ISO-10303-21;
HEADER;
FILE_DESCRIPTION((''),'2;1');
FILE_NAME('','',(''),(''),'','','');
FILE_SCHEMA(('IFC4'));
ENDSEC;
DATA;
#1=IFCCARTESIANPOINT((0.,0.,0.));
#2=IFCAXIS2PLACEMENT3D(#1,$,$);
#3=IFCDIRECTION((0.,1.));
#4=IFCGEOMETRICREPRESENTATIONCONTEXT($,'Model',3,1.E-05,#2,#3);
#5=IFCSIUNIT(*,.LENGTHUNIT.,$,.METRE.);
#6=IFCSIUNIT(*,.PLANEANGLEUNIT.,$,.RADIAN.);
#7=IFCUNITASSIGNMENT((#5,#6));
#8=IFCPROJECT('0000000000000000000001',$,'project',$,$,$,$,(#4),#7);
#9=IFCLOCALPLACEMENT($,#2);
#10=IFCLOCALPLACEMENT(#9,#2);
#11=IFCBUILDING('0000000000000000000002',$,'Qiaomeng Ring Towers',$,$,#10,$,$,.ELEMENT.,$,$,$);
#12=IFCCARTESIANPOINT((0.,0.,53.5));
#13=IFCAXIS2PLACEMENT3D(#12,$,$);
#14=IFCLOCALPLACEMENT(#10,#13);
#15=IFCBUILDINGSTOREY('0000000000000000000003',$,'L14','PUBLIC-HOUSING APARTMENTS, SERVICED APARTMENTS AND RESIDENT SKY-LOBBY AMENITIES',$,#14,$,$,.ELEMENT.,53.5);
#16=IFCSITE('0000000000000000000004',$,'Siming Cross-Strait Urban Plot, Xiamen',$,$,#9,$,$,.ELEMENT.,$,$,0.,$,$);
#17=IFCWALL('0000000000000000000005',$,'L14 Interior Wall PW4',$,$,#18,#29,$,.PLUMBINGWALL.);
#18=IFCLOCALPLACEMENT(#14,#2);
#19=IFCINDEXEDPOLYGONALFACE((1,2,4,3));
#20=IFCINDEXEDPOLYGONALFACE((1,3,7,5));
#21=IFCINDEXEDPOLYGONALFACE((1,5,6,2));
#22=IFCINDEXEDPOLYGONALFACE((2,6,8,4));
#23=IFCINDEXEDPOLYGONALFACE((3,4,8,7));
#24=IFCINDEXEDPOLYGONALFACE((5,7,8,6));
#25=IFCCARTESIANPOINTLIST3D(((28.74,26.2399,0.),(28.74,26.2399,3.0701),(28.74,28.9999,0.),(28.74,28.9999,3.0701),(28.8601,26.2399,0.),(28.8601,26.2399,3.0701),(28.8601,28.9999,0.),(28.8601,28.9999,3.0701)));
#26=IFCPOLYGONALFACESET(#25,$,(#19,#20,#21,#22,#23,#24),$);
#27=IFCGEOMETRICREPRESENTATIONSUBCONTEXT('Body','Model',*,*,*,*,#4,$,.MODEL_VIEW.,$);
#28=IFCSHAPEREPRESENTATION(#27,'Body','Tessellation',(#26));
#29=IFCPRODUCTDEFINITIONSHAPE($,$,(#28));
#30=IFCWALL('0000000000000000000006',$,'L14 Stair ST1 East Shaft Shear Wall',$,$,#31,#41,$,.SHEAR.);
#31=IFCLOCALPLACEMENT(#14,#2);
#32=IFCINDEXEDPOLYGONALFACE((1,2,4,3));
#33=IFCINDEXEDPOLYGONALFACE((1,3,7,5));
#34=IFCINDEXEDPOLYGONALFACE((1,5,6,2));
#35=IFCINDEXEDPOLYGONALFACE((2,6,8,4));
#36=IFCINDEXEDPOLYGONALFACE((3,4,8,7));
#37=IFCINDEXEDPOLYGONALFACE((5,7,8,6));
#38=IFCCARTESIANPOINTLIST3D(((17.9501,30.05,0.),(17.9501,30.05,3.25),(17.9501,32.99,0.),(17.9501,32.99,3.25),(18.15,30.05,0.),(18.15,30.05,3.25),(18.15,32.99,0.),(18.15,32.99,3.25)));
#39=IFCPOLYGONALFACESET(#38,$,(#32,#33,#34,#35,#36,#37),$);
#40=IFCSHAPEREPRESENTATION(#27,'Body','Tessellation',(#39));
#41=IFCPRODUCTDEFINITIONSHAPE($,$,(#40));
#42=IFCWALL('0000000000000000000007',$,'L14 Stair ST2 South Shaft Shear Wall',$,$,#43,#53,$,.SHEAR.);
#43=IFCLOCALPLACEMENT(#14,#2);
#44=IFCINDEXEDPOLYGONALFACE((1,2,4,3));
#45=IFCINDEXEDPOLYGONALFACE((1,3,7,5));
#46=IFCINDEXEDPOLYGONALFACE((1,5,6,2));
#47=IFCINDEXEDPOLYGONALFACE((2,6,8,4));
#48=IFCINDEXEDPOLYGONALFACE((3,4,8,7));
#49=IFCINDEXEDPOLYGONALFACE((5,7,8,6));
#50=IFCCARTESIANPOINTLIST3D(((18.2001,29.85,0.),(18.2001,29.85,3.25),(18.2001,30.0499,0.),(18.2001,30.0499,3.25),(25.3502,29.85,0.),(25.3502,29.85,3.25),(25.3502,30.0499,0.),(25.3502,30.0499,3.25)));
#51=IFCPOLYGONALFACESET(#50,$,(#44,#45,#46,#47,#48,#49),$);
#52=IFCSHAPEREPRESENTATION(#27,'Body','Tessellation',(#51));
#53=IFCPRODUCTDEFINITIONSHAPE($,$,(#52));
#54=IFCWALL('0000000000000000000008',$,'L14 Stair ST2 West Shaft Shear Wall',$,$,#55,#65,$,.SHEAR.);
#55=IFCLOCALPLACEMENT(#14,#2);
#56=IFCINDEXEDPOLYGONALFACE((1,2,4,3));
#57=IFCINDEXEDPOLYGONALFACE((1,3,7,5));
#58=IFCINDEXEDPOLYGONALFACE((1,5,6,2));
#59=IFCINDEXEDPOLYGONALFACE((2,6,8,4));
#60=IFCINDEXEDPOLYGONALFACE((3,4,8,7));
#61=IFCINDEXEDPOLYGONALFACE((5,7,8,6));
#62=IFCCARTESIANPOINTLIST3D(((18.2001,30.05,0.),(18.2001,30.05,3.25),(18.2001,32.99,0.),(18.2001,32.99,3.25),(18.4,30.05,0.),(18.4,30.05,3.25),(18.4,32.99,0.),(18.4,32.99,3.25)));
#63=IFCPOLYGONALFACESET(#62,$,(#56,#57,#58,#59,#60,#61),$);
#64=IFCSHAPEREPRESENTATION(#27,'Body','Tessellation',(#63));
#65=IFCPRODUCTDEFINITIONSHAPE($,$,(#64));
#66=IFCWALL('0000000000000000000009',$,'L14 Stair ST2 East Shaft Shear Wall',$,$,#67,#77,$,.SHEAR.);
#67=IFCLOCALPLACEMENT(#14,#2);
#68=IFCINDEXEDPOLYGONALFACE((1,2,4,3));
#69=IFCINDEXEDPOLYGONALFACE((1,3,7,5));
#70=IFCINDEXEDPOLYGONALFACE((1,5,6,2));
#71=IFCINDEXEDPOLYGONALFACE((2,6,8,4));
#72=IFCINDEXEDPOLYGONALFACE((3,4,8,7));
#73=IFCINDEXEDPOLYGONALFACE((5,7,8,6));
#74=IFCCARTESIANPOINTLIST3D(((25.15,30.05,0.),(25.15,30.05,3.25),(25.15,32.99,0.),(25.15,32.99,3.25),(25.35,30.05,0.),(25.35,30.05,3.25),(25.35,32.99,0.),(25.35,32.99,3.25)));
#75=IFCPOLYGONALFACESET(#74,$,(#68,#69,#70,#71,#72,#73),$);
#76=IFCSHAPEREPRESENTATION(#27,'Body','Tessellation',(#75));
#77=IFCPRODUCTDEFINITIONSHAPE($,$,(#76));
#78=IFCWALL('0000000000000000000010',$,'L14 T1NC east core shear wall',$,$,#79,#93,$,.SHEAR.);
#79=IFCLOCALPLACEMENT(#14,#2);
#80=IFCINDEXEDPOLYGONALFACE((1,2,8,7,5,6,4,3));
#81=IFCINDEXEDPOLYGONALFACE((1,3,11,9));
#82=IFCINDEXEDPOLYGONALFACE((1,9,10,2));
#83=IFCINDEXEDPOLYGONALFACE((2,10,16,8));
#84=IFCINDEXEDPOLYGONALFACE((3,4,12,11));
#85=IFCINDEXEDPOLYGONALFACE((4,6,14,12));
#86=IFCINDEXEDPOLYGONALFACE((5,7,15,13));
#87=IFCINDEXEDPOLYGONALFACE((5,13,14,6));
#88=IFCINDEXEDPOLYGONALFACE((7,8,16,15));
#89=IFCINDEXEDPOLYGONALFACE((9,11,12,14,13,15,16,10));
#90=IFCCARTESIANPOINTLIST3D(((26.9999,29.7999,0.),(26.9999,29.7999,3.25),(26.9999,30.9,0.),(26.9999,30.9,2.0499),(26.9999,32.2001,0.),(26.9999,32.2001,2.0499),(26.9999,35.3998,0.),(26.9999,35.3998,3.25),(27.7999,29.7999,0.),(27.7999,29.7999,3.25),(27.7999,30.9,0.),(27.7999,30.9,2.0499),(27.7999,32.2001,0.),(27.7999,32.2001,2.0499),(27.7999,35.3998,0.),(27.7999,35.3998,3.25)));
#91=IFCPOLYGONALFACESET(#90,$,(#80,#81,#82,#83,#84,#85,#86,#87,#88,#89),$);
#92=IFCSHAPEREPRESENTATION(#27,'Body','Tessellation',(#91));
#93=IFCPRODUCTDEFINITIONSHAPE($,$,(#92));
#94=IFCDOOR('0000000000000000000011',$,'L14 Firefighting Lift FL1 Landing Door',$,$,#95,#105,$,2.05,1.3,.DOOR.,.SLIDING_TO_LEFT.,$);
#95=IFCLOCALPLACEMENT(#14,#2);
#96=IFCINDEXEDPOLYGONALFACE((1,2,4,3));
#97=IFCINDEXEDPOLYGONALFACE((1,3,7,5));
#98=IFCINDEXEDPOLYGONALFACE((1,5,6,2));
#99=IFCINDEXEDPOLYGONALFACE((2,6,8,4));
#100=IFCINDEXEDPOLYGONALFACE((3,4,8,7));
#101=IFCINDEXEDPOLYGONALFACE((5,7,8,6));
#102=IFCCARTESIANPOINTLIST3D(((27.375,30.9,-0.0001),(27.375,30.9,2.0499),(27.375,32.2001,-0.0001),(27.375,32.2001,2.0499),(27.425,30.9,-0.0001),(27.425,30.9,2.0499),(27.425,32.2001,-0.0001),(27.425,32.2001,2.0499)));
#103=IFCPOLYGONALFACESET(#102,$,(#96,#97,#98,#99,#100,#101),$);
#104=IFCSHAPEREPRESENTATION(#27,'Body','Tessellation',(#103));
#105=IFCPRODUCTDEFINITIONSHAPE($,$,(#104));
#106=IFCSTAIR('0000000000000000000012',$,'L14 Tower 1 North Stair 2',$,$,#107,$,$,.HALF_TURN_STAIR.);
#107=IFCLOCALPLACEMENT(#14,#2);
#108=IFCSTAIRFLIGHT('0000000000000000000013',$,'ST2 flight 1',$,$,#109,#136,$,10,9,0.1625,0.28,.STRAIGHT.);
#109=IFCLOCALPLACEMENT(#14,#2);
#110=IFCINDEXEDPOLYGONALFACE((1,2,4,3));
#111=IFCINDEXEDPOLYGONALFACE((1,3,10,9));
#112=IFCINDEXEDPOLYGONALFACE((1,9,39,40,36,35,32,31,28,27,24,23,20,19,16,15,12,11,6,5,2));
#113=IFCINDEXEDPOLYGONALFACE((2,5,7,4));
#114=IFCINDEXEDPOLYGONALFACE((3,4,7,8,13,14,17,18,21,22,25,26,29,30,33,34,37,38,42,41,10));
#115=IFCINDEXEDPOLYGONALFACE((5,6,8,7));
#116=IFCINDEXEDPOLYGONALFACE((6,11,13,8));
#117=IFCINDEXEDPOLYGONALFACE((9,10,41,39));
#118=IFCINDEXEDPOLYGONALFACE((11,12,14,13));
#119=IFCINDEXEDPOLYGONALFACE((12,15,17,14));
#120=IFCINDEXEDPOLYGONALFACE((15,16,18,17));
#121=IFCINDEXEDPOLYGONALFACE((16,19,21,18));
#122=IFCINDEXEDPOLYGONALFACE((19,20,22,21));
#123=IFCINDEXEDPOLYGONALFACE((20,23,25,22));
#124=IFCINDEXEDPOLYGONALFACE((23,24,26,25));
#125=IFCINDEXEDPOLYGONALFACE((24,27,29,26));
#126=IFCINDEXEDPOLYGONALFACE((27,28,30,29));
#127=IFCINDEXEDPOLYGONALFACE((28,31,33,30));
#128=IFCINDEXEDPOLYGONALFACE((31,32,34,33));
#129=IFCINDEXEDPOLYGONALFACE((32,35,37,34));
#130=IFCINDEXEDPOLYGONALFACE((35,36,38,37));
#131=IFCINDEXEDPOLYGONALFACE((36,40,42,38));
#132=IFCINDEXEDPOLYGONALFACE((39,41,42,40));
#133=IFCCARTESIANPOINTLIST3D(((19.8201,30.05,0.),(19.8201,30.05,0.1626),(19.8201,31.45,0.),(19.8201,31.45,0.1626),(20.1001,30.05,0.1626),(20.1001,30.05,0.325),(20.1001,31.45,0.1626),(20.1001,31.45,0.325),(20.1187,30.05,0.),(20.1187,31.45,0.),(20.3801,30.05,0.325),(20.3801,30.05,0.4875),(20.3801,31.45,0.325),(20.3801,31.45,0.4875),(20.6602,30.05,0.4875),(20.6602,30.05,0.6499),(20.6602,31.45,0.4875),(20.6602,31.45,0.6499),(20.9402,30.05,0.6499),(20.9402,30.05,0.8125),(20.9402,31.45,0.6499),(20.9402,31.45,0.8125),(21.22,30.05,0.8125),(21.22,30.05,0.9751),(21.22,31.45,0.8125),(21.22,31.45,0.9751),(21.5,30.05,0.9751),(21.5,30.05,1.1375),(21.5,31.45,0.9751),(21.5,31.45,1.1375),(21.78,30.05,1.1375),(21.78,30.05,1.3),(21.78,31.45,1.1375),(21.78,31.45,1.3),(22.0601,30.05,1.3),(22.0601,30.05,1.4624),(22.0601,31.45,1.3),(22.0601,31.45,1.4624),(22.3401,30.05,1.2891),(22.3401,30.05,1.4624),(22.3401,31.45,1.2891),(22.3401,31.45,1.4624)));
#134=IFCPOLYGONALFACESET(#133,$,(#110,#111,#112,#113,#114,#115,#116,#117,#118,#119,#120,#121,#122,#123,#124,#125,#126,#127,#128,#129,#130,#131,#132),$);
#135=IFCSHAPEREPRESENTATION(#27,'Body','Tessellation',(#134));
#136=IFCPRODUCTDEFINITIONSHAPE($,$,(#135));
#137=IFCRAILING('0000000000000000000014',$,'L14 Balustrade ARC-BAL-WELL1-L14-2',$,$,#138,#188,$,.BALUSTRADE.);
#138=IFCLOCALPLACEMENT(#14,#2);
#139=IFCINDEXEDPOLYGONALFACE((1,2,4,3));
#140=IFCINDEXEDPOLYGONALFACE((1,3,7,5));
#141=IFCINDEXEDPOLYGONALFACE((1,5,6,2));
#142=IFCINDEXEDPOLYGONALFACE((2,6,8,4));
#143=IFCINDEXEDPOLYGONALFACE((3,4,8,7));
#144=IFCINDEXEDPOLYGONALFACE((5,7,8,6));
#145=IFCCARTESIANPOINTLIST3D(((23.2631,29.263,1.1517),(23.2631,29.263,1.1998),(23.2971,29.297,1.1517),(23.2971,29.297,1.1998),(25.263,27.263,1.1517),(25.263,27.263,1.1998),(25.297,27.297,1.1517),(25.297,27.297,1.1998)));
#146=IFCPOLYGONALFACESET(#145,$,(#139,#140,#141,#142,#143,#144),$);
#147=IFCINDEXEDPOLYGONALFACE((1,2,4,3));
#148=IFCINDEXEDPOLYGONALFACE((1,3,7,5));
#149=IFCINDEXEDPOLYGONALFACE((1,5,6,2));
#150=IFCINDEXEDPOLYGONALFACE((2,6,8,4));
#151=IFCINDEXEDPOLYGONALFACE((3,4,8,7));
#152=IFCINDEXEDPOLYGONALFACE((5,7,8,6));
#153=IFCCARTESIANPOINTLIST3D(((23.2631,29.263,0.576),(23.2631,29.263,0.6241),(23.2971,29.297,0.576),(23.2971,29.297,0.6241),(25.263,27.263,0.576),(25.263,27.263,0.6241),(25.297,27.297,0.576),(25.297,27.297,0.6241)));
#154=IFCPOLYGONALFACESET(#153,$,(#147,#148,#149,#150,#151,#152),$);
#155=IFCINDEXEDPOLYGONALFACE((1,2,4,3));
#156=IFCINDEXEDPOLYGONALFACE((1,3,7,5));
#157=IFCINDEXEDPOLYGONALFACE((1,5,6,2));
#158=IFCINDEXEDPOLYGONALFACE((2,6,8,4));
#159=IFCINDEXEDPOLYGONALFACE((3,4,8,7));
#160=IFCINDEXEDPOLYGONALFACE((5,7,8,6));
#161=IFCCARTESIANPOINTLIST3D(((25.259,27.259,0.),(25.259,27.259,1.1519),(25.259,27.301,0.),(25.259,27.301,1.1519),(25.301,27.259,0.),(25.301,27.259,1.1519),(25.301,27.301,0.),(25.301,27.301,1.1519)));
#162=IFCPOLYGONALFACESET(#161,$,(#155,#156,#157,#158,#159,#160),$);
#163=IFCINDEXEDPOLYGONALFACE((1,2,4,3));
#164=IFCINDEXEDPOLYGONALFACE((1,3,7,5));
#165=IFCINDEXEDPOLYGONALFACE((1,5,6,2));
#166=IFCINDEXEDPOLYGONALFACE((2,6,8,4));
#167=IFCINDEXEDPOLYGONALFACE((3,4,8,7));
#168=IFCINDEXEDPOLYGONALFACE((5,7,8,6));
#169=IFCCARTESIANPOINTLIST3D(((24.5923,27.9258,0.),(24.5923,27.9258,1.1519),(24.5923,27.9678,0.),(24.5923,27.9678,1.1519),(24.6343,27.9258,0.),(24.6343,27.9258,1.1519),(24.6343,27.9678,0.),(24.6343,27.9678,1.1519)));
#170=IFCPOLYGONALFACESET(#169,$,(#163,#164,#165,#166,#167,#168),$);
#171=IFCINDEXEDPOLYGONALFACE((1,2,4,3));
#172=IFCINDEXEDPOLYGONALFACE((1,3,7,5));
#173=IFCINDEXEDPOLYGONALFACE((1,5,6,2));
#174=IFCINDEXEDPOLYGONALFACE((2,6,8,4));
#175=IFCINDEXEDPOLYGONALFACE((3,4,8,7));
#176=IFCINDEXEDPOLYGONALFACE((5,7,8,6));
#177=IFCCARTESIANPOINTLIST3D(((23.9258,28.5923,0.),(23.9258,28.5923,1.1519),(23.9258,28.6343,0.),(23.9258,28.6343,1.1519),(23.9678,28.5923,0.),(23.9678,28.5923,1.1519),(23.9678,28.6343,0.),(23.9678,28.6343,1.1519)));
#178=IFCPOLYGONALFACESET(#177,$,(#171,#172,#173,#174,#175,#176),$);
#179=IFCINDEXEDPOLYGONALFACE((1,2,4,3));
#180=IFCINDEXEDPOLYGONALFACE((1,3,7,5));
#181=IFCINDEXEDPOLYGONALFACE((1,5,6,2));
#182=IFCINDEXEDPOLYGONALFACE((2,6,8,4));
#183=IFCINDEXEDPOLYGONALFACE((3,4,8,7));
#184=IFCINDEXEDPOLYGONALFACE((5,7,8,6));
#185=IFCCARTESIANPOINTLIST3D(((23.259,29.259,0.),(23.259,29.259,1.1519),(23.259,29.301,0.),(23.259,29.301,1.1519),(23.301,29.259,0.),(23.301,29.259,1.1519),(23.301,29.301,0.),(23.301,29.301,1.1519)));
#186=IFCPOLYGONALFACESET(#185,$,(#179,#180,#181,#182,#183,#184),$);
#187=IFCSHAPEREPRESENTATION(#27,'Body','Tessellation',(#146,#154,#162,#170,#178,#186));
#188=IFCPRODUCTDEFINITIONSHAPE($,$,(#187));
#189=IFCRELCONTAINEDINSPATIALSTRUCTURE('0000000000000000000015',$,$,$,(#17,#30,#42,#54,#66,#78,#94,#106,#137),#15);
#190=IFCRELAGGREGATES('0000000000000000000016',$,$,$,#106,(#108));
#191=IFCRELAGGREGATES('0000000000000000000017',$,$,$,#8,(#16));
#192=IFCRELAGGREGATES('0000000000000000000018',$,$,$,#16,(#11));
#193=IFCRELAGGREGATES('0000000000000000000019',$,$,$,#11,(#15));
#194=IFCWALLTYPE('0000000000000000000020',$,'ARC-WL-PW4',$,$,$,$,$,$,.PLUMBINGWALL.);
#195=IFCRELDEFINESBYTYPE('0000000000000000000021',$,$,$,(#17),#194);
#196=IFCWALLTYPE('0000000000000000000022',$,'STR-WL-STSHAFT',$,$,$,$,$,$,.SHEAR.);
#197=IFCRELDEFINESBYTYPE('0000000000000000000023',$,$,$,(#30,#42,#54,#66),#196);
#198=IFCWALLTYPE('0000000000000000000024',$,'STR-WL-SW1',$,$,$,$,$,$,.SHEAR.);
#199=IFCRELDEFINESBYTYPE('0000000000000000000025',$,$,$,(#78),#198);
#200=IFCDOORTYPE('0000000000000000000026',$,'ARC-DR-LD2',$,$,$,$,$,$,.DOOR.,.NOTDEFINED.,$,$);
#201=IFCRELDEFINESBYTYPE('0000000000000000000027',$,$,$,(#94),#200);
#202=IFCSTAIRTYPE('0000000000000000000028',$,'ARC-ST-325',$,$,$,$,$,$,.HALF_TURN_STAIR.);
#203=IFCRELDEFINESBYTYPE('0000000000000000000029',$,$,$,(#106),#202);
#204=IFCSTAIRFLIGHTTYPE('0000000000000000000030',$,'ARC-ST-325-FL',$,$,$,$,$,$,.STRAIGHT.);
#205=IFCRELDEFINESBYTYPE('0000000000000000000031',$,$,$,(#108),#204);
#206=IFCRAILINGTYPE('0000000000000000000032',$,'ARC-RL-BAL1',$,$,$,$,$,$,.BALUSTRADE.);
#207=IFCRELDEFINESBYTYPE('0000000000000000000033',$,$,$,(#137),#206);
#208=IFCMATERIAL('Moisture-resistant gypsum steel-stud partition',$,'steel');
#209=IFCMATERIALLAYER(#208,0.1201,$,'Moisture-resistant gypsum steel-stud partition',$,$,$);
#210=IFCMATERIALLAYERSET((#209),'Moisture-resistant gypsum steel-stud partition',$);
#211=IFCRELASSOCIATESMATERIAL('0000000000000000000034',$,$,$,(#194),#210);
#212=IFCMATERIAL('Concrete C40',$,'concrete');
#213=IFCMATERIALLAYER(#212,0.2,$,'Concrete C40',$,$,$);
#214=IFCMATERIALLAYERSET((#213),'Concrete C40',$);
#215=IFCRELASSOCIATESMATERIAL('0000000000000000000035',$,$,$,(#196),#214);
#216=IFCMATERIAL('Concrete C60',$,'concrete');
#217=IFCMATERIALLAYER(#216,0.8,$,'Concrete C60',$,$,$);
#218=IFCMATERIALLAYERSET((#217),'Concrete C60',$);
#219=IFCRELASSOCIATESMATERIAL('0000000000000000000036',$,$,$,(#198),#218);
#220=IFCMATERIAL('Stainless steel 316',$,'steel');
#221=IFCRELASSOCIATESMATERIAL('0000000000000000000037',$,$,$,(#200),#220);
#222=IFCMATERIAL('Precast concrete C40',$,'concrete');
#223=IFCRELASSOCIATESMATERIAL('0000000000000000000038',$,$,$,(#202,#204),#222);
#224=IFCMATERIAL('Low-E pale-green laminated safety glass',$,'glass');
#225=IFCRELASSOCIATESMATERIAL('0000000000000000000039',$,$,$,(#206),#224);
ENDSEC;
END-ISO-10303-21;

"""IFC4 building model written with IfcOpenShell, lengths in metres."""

from ifc_helpers import new_model, si_unit, direction, frame, frame_2d, origin, origin_2d, place, context, subcontext, project, spatial, polyline, rectangle, outline, extrude, source, transform, mapped, material, layer, layer_set, type_object, element, fill, aggregate, save


model = new_model("IFC4")

# Units and contexts
model_context = context("Model", 3, precision=1e-05, world=origin(), true_north=direction((0.0, 1.0)))
body_context = subcontext(model_context, "Body", "Model", "MODEL_VIEW")
ifc_project = project(units=[si_unit("LENGTHUNIT", "METRE"), si_unit("PLANEANGLEUNIT", "RADIAN")], contexts=[model_context])

# Site, building, storey
site_placement = place(None, origin())
site = spatial("IfcSite", under=ifc_project, at=site_placement, Name="Siming Cross-Strait Urban Plot, Xiamen", CompositionType="ELEMENT", RefElevation=0.0)
building_placement = place(site_placement, origin())
building = spatial("IfcBuilding", under=site, at=building_placement, Name="Qiaomeng Ring Towers", CompositionType="ELEMENT")
storey_placement = place(building_placement, frame((0.0, 0.0, 53.5)))
storey = spatial("IfcBuildingStorey", under=building, at=storey_placement, Name="L14", Description="PUBLIC-HOUSING APARTMENTS, SERVICED APARTMENTS AND RESIDENT SKY-LOBBY AMENITIES", CompositionType="ELEMENT", Elevation=53.5)

# Shared definitions
ifc_material_1 = material(Name="Moisture-resistant gypsum steel-stud partition", Category="steel")
ifc_layer_1 = layer(ifc_material_1, 0.1201, Name="Moisture-resistant gypsum steel-stud partition")
ifc_layer_set_1 = layer_set([ifc_layer_1], Name="Moisture-resistant gypsum steel-stud partition")
wall_type_1 = type_object("IfcWallType", Name="ARC-WL-PW4", PredefinedType="PLUMBINGWALL", material=ifc_layer_set_1)

# Walls
wall_1_placement = place(storey_placement, frame((28.8, 26.24, 0.0), z_axis=(0.0, 0.0, 1.0), x_axis=(0.0, 1.0, 0.0)))
element("IfcWall", 1, at=wall_1_placement, inside=storey, type_object=wall_type_1, Name="L14 Interior Wall PW4", PredefinedType="PLUMBINGWALL", context=body_context, shape_type="SweptSolid", body=[
    extrude(rectangle(XDim=2.76, YDim=0.1201, at=frame_2d((1.3799, 0.0))), origin(), (0.0, 0.0, 1.0), 3.0701),
])
ifc_material_2 = material(Name="Concrete C40", Category="concrete")
ifc_layer_2 = layer(ifc_material_2, 0.2, Name="Concrete C40")
ifc_layer_set_2 = layer_set([ifc_layer_2], Name="Concrete C40")
wall_type_2 = type_object("IfcWallType", Name="STR-WL-STSHAFT", PredefinedType="SHEAR", material=ifc_layer_set_2)
wall_2_placement = place(storey_placement, frame((18.05, 30.05, 0.0), z_axis=(0.0, 0.0, 1.0), x_axis=(0.0, 1.0, 0.0)))
element("IfcWall", 2, at=wall_2_placement, inside=storey, type_object=wall_type_2, Name="L14 Stair ST1 East Shaft Shear Wall", PredefinedType="SHEAR", context=body_context, shape_type="SweptSolid", body=[
    extrude(rectangle(XDim=2.9399, YDim=0.2, at=frame_2d((1.47, 0.0))), origin(), (0.0, 0.0, 1.0), 3.25),
])
wall_3_placement = place(storey_placement, frame((18.2, 29.95, 0.0), z_axis=(0.0, 0.0, 1.0), x_axis=(1.0, 0.0, 0.0)))
element("IfcWall", 3, at=wall_3_placement, inside=storey, type_object=wall_type_2, Name="L14 Stair ST2 South Shaft Shear Wall", PredefinedType="SHEAR", context=body_context, shape_type="SweptSolid", body=[
    extrude(rectangle(XDim=7.1501, YDim=0.2, at=frame_2d((3.5752, 0.0))), origin(), (0.0, 0.0, 1.0), 3.25),
])
for number, where, z_axis, x_axis, name in (
    (4, (18.3, 30.05, 0.0), (0.0, 0.0, 1.0), (0.0, 1.0, 0.0), "L14 Stair ST2 West Shaft Shear Wall"),
    (5, (25.25, 30.05, 0.0), (0.0, 0.0, 1.0), (0.0, 1.0, 0.0), "L14 Stair ST2 East Shaft Shear Wall"),
):
    element("IfcWall", number, at=place(storey_placement, frame(where, z_axis=z_axis, x_axis=x_axis)), inside=storey, type_object=wall_type_2, Name=name, PredefinedType="SHEAR", context=body_context, shape_type="SweptSolid", body=[
        extrude(rectangle(XDim=2.9399, YDim=0.2, at=frame_2d((1.47, 0.0))), origin(), (0.0, 0.0, 1.0), 3.25),
    ])

# Wall, opening, door
ifc_material_3 = material(Name="Concrete C60", Category="concrete")
ifc_layer_3 = layer(ifc_material_3, 0.8, Name="Concrete C60")
ifc_layer_set_3 = layer_set([ifc_layer_3], Name="Concrete C60")
wall_type_3 = type_object("IfcWallType", Name="STR-WL-SW1", PredefinedType="SHEAR", material=ifc_layer_set_3)
wall_4_placement = place(storey_placement, frame((27.3999, 29.8, 0.0), z_axis=(0.0, 0.0, 1.0), x_axis=(0.0, 1.0, 0.0)))
wall_4 = element("IfcWall", 6, at=wall_4_placement, inside=storey, type_object=wall_type_3, Name="L14 T1NC east core shear wall", PredefinedType="SHEAR", context=body_context, shape_type="SweptSolid", body=[
    extrude(rectangle(XDim=5.5999, YDim=0.8, at=frame_2d((2.7998, 0.0))), origin(), (0.0, 0.0, 1.0), 3.25),
])
opening_1_placement = place(wall_4_placement, frame((1.1001, 0.0, 0.0)))
opening_1 = element("IfcOpeningElement", 7, at=opening_1_placement, cuts=wall_4, PredefinedType="OPENING", context=body_context, shape_type="SweptSolid", body=[
    extrude(rectangle(XDim=1.3, YDim=2.05, at=frame_2d((0.6499, 1.0249))), frame((0.0, 0.4099, 0.0), z_axis=(0.0, -1.0, 0.0), x_axis=(1.0, 0.0, 0.0)), (0.0, 0.0, 1.0), 0.8201),
])
ifc_material_4 = material(Name="Stainless steel 316", Category="steel")
door_type_1 = type_object("IfcDoorType", Name="ARC-DR-LD2", OperationType="NOTDEFINED", PredefinedType="DOOR", material=ifc_material_4)
shared_shape_1 = source(origin(), body_context, "Body", "SweptSolid", [
    extrude(rectangle(XDim=1.3, YDim=2.05, at=frame_2d((0.6499, 1.0249))), frame((0.0, 0.0249, 0.0), z_axis=(0.0, -1.0, 0.0), x_axis=(1.0, 0.0, 0.0)), (0.0, 0.0, 1.0), 0.05),
])
door_1_placement = place(opening_1_placement, origin())
door_1 = element("IfcDoor", 8, at=door_1_placement, inside=storey, type_object=door_type_1, Name="L14 Firefighting Lift FL1 Landing Door", OperationType="SLIDING_TO_LEFT", OverallHeight=2.05, OverallWidth=1.3, PredefinedType="DOOR", context=body_context, shape_type="MappedRepresentation", body=[
    mapped(shared_shape_1, transform((0.0, 0.0, 0.0), x_axis=(1.0, 0.0, 0.0), y_axis=(0.0, 1.0, 0.0), z_axis=(0.0, 0.0, 1.0), scale=1.0)),
])
fill(opening_1, door_1)

# Stair, stair flight
ifc_material_5 = material(Name="Precast concrete C40", Category="concrete")
stair_type = type_object("IfcStairType", Name="ARC-ST-325", PredefinedType="HALF_TURN_STAIR", material=ifc_material_5)
stair_placement = place(storey_placement, origin())
stair = element("IfcStair", 9, at=stair_placement, inside=storey, type_object=stair_type, Name="L14 Tower 1 North Stair 2", PredefinedType="HALF_TURN_STAIR")
stair_flight_type = type_object("IfcStairFlightType", Name="ARC-ST-325-FL", PredefinedType="STRAIGHT", material=ifc_material_5)
shared_shape_2 = source(origin(), body_context, "Body", "SweptSolid", [
    extrude(outline(polyline([(0.0, 0.0), (0.0, 0.1626), (0.28, 0.1626), (0.28, 0.325), (0.5601, 0.325), (0.5601, 0.4875), (0.8401, 0.4875), (0.8401, 0.6499), (1.1201, 0.6499), (1.1201, 0.8125), (1.3999, 0.8125), (1.3999, 0.9751), (1.6799, 0.9751), (1.6799, 1.1375), (1.96, 1.1375), (1.96, 1.3), (2.24, 1.3), (2.24, 1.4624), (2.52, 1.4624), (2.52, 1.625), (2.52, 1.2891), (0.2986, 0.0), (0.0, 0.0)])), frame((0.0, 0.7, 0.0), z_axis=(0.0, -1.0, 0.0), x_axis=(1.0, 0.0, 0.0)), (0.0, 0.0, 1.0), 1.3999),
])
stair_flight_placement = place(storey_placement, frame((19.8201, 30.75, 0.0), z_axis=(0.0, 0.0, 1.0), x_axis=(1.0, 0.0, 0.0)))
stair_flight = element("IfcStairFlight", 10, at=stair_flight_placement, type_object=stair_flight_type, Name="ST2 flight 1", NumberOfRisers=10, NumberOfTreads=9, PredefinedType="STRAIGHT", RiserHeight=0.1625, TreadLength=0.28, context=body_context, shape_type="MappedRepresentation", body=[
    mapped(shared_shape_2, transform((0.0, 0.0, 0.0), x_axis=(1.0, 0.0, 0.0), y_axis=(0.0, 1.0, 0.0), z_axis=(0.0, 0.0, 1.0), scale=1.0)),
])
aggregate(stair, [stair_flight])

# Railing
ifc_material_6 = material(Name="Low-E pale-green laminated safety glass", Category="glass")
railing_type_1 = type_object("IfcRailingType", Name="ARC-RL-BAL1", PredefinedType="BALUSTRADE", material=ifc_material_6)
railing_1_placement = place(storey_placement, frame((25.28, 27.28, 0.0)))
element("IfcRailing", 11, at=railing_1_placement, inside=storey, type_object=railing_type_1, Name="L14 Balustrade ARC-BAL-WELL1-L14-2", PredefinedType="BALUSTRADE", context=body_context, shape_type="SweptSolid", body=[
    extrude(rectangle(XDim=0.0481, YDim=0.0481, at=origin_2d()), frame((0.0, 0.0, 1.1758), z_axis=(-0.707107, 0.707107, 0.0), x_axis=(-0.707107, -0.707107, 0.0)), (0.0, 0.0, 1.0), 2.8284),
    extrude(rectangle(XDim=0.0481, YDim=0.0481, at=origin_2d()), frame((0.0, 0.0, 0.6001), z_axis=(-0.707107, 0.707107, 0.0), x_axis=(-0.707107, -0.707107, 0.0)), (0.0, 0.0, 1.0), 2.8284),
    extrude(rectangle(XDim=0.042, YDim=0.042, at=origin_2d()), origin(), (0.0, 0.0, 1.0), 1.1519),
    extrude(rectangle(XDim=0.042, YDim=0.042, at=origin_2d()), frame((-0.6667, 0.6667, 0.0)), (0.0, 0.0, 1.0), 1.1519),
    extrude(rectangle(XDim=0.042, YDim=0.042, at=origin_2d()), frame((-1.3333, 1.3333, 0.0)), (0.0, 0.0, 1.0), 1.1519),
    extrude(rectangle(XDim=0.042, YDim=0.042, at=origin_2d()), frame((-2.0, 2.0, 0.0)), (0.0, 0.0, 1.0), 1.1519),
])

save(model, "model.ifc")
